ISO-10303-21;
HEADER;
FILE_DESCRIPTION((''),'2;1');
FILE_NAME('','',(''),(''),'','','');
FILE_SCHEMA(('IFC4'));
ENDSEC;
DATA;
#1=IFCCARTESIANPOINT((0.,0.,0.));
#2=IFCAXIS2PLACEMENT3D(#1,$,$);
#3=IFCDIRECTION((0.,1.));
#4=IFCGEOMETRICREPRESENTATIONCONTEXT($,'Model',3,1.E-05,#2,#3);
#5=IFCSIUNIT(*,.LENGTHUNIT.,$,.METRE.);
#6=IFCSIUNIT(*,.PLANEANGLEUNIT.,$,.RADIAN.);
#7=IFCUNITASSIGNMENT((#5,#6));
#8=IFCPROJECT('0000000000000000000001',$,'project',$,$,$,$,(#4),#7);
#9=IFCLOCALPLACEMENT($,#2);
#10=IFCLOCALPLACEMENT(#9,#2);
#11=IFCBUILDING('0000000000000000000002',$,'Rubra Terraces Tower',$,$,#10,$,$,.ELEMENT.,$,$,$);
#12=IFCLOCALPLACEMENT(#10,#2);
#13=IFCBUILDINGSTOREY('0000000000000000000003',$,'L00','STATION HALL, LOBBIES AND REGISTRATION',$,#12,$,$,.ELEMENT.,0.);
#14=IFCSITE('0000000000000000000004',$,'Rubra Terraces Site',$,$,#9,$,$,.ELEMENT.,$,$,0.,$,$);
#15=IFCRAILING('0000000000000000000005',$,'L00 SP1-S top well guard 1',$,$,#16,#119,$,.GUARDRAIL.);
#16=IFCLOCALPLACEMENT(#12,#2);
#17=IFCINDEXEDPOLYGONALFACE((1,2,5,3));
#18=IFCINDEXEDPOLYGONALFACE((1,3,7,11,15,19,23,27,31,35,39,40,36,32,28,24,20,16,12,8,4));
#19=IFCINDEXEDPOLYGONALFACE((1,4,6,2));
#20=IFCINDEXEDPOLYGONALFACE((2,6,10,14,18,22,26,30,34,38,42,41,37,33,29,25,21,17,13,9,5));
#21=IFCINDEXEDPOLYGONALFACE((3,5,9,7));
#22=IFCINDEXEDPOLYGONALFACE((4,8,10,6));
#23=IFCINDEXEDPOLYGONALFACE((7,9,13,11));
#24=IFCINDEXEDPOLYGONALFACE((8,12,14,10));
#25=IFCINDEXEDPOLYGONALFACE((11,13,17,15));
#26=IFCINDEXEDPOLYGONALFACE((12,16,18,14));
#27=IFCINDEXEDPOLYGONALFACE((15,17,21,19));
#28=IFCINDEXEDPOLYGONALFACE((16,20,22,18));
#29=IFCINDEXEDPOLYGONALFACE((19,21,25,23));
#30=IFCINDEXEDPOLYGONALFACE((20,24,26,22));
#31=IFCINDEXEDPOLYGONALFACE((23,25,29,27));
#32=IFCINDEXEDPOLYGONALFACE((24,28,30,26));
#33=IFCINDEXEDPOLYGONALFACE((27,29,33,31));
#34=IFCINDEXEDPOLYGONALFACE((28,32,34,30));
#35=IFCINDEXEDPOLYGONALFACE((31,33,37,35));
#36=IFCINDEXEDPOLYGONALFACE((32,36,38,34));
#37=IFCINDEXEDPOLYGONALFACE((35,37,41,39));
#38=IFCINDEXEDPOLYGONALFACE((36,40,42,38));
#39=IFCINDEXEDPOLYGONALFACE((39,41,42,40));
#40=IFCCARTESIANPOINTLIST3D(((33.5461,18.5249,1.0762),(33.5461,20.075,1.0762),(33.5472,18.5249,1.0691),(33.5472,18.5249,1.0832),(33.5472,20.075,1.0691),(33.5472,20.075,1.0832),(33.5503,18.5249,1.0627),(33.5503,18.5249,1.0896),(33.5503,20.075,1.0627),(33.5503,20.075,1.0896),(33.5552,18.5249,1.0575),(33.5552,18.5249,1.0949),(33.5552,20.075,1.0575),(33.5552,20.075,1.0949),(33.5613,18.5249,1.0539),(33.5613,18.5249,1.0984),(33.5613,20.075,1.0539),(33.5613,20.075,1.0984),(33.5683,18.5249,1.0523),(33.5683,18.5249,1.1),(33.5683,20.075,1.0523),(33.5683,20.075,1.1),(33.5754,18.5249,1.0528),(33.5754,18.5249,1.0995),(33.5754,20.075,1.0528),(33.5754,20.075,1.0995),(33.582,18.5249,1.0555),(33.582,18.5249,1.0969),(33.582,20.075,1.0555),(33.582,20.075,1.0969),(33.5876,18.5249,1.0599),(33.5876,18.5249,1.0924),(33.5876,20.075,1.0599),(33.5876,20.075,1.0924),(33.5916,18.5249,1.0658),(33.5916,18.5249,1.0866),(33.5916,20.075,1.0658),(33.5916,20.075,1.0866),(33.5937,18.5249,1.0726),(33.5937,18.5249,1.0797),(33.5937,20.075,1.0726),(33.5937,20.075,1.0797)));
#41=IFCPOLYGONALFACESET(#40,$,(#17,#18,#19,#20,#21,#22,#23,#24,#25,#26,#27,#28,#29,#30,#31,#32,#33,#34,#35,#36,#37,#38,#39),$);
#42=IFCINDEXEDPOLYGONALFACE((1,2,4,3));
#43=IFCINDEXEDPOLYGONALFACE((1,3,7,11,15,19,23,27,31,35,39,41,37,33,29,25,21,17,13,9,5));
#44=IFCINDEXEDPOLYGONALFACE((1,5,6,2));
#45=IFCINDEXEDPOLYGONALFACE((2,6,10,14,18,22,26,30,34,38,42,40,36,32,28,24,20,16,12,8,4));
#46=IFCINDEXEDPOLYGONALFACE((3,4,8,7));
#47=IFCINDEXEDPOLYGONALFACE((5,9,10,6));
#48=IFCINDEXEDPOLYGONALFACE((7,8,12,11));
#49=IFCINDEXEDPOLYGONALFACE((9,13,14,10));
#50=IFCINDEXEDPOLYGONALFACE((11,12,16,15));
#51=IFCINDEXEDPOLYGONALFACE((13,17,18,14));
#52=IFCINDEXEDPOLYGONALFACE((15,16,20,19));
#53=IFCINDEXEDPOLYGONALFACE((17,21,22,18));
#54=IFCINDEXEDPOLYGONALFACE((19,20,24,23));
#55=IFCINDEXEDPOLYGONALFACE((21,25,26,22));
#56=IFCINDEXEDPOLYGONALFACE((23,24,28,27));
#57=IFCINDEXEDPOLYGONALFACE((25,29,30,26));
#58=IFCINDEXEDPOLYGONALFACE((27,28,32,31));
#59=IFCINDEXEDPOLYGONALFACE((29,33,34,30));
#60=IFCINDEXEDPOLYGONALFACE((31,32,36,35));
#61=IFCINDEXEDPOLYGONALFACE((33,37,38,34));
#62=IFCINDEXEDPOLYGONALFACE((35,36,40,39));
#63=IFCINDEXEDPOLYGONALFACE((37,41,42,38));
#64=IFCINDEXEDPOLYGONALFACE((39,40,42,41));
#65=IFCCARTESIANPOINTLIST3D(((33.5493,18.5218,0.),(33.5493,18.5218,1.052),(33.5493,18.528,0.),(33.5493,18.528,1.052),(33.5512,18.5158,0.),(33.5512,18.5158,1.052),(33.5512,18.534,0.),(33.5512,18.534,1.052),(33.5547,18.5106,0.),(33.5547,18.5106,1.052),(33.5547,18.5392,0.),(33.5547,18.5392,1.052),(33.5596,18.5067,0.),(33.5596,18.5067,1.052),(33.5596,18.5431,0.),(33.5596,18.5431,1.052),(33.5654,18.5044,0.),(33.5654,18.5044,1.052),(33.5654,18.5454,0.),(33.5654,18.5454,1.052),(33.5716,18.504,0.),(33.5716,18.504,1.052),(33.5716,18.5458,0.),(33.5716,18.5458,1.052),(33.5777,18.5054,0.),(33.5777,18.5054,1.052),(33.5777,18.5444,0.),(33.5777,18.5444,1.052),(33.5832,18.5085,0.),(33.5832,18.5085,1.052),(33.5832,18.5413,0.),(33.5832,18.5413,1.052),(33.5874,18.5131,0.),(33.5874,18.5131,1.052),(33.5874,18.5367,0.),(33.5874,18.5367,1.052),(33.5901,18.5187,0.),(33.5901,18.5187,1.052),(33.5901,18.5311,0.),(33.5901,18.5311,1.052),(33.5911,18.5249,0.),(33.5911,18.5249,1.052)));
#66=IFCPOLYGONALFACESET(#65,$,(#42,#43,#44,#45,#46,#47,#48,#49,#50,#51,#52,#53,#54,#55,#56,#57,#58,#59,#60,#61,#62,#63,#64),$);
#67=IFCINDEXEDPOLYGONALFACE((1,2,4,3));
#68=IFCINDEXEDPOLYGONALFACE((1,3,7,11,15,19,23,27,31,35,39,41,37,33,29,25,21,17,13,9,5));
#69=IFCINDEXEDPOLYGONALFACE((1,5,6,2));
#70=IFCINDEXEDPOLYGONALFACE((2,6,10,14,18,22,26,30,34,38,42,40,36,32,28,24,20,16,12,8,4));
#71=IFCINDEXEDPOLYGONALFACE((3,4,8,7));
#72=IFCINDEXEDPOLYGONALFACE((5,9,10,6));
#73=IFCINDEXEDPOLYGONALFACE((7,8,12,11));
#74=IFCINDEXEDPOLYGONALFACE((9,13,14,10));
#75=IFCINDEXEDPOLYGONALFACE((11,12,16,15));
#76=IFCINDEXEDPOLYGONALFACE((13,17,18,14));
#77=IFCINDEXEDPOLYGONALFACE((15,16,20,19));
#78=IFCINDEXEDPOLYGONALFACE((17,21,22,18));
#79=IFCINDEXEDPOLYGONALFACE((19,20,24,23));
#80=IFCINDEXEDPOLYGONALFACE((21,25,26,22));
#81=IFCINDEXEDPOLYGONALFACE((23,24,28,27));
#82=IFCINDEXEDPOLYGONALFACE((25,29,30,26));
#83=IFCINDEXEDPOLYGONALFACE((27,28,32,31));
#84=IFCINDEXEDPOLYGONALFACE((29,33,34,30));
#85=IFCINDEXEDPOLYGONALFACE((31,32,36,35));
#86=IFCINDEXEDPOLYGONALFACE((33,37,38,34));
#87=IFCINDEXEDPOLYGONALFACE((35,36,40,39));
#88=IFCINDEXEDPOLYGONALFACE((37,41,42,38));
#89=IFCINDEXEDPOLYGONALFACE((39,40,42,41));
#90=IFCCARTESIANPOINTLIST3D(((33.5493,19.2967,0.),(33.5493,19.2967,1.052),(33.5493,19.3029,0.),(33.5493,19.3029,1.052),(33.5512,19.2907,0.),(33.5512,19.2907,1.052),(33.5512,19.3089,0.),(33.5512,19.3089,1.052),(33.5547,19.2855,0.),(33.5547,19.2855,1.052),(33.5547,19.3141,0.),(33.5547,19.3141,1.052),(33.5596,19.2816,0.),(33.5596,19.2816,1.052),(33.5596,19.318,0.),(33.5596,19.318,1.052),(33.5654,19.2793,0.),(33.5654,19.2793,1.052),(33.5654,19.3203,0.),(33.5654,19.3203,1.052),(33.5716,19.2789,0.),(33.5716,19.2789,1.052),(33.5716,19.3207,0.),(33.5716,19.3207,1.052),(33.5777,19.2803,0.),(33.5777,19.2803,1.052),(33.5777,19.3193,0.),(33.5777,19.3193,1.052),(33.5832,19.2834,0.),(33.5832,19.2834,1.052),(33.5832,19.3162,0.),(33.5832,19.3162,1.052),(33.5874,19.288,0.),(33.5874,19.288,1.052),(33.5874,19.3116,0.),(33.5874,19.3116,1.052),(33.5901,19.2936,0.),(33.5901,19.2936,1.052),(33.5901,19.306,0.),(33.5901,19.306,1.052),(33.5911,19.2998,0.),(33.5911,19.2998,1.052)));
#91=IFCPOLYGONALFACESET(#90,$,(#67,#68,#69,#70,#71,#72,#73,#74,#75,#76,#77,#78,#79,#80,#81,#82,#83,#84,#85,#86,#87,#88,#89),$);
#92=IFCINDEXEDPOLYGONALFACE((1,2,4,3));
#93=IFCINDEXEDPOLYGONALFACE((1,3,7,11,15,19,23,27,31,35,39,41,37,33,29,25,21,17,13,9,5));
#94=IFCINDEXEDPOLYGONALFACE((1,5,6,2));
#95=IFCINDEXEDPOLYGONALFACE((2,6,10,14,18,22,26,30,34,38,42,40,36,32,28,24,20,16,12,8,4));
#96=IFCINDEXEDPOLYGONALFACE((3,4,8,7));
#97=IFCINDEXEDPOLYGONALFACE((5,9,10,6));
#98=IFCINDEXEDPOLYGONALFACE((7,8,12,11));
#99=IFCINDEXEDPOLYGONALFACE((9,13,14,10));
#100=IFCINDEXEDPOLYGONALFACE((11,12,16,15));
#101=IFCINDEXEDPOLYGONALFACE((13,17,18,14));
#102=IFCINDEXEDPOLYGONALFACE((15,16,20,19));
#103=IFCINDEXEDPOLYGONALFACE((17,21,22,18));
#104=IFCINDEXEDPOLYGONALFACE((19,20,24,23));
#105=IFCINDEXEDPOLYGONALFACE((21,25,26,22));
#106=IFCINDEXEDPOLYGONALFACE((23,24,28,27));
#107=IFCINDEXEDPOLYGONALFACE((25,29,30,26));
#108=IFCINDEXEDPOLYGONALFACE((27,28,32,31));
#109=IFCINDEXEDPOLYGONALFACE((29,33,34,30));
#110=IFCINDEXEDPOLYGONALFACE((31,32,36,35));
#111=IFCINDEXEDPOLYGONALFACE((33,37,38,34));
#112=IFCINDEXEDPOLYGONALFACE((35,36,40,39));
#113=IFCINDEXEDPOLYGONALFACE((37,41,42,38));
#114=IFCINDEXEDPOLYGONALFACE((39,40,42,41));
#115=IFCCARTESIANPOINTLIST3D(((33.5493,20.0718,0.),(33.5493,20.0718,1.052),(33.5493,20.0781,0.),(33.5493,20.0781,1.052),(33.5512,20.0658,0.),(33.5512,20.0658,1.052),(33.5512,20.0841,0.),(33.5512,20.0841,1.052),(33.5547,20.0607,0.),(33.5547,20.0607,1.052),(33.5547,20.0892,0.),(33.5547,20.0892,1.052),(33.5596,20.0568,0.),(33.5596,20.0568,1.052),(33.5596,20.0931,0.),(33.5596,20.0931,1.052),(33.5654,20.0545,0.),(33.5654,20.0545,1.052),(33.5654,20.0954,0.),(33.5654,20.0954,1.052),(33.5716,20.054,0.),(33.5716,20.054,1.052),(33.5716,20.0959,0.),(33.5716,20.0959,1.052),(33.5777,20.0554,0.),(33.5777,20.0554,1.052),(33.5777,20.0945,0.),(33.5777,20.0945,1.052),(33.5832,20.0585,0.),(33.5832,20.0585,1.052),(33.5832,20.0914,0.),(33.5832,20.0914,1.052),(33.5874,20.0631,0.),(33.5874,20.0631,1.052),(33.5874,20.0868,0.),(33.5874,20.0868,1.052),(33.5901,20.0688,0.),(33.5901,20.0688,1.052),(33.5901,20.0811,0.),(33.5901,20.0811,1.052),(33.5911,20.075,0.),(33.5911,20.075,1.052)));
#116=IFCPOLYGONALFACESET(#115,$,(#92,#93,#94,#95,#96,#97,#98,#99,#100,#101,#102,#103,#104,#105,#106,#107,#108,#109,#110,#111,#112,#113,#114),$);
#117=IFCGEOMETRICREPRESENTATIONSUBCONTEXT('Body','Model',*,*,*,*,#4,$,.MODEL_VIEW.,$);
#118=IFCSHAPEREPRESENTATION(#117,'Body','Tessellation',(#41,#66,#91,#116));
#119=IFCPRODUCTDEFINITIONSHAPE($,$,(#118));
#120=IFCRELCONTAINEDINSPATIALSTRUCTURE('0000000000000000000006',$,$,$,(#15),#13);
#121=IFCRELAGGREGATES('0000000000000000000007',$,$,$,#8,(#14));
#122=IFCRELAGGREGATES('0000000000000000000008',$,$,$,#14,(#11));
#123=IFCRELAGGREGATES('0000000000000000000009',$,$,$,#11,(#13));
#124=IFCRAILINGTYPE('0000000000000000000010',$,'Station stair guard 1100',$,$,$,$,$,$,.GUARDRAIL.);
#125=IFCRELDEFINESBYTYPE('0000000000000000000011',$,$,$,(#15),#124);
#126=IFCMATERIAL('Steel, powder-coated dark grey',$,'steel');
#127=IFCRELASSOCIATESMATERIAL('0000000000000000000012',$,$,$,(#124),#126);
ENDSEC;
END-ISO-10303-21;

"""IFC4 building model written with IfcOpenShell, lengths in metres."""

from ifc_helpers import new_model, si_unit, direction, frame, origin, origin_2d, place, context, subcontext, project, spatial, circle, extrude, material, type_object, element, save


model = new_model("IFC4")

# Units and contexts
model_context = context("Model", 3, precision=1e-05, world=origin(), true_north=direction((0.0, 1.0)))
body_context = subcontext(model_context, "Body", "Model", "MODEL_VIEW")
ifc_project = project(units=[si_unit("LENGTHUNIT", "METRE"), si_unit("PLANEANGLEUNIT", "RADIAN")], contexts=[model_context])

# Site, building, storey
site_placement = place(None, origin())
site = spatial("IfcSite", under=ifc_project, at=site_placement, Name="Rubra Terraces Site", CompositionType="ELEMENT", RefElevation=0.0)
building_placement = place(site_placement, origin())
building = spatial("IfcBuilding", under=site, at=building_placement, Name="Rubra Terraces Tower", CompositionType="ELEMENT")
storey_placement = place(building_placement, origin())
storey = spatial("IfcBuildingStorey", under=building, at=storey_placement, Name="L00", Description="STATION HALL, LOBBIES AND REGISTRATION", CompositionType="ELEMENT", Elevation=0.0)

# Railing
ifc_material_1 = material(Name="Steel, powder-coated dark grey", Category="steel")
railing_type_1 = type_object("IfcRailingType", Name="Station stair guard 1100", PredefinedType="GUARDRAIL", material=ifc_material_1)
railing_1_placement = place(storey_placement, frame((33.5701, 18.5249, 0.0)))
element("IfcRailing", 1, at=railing_1_placement, inside=storey, type_object=railing_type_1, Name="L00 SP1-S top well guard 1", PredefinedType="GUARDRAIL", context=body_context, shape_type="SweptSolid", body=[
    extrude(circle(Radius=0.0239, at=origin_2d()), frame((0.0, 0.0, 1.0762), z_axis=(0.0, 1.0, 0.0), x_axis=(-1.0, 0.0, 0.0)), (0.0, 0.0, 1.0), 1.55),
    extrude(circle(Radius=0.021, at=origin_2d()), origin(), (0.0, 0.0, 1.0), 1.052),
    extrude(circle(Radius=0.021, at=origin_2d()), frame((0.0, 0.7749, 0.0)), (0.0, 0.0, 1.0), 1.052),
    extrude(circle(Radius=0.021, at=origin_2d()), frame((0.0, 1.55, 0.0)), (0.0, 0.0, 1.0), 1.052),
])

save(model, "model.ifc")
